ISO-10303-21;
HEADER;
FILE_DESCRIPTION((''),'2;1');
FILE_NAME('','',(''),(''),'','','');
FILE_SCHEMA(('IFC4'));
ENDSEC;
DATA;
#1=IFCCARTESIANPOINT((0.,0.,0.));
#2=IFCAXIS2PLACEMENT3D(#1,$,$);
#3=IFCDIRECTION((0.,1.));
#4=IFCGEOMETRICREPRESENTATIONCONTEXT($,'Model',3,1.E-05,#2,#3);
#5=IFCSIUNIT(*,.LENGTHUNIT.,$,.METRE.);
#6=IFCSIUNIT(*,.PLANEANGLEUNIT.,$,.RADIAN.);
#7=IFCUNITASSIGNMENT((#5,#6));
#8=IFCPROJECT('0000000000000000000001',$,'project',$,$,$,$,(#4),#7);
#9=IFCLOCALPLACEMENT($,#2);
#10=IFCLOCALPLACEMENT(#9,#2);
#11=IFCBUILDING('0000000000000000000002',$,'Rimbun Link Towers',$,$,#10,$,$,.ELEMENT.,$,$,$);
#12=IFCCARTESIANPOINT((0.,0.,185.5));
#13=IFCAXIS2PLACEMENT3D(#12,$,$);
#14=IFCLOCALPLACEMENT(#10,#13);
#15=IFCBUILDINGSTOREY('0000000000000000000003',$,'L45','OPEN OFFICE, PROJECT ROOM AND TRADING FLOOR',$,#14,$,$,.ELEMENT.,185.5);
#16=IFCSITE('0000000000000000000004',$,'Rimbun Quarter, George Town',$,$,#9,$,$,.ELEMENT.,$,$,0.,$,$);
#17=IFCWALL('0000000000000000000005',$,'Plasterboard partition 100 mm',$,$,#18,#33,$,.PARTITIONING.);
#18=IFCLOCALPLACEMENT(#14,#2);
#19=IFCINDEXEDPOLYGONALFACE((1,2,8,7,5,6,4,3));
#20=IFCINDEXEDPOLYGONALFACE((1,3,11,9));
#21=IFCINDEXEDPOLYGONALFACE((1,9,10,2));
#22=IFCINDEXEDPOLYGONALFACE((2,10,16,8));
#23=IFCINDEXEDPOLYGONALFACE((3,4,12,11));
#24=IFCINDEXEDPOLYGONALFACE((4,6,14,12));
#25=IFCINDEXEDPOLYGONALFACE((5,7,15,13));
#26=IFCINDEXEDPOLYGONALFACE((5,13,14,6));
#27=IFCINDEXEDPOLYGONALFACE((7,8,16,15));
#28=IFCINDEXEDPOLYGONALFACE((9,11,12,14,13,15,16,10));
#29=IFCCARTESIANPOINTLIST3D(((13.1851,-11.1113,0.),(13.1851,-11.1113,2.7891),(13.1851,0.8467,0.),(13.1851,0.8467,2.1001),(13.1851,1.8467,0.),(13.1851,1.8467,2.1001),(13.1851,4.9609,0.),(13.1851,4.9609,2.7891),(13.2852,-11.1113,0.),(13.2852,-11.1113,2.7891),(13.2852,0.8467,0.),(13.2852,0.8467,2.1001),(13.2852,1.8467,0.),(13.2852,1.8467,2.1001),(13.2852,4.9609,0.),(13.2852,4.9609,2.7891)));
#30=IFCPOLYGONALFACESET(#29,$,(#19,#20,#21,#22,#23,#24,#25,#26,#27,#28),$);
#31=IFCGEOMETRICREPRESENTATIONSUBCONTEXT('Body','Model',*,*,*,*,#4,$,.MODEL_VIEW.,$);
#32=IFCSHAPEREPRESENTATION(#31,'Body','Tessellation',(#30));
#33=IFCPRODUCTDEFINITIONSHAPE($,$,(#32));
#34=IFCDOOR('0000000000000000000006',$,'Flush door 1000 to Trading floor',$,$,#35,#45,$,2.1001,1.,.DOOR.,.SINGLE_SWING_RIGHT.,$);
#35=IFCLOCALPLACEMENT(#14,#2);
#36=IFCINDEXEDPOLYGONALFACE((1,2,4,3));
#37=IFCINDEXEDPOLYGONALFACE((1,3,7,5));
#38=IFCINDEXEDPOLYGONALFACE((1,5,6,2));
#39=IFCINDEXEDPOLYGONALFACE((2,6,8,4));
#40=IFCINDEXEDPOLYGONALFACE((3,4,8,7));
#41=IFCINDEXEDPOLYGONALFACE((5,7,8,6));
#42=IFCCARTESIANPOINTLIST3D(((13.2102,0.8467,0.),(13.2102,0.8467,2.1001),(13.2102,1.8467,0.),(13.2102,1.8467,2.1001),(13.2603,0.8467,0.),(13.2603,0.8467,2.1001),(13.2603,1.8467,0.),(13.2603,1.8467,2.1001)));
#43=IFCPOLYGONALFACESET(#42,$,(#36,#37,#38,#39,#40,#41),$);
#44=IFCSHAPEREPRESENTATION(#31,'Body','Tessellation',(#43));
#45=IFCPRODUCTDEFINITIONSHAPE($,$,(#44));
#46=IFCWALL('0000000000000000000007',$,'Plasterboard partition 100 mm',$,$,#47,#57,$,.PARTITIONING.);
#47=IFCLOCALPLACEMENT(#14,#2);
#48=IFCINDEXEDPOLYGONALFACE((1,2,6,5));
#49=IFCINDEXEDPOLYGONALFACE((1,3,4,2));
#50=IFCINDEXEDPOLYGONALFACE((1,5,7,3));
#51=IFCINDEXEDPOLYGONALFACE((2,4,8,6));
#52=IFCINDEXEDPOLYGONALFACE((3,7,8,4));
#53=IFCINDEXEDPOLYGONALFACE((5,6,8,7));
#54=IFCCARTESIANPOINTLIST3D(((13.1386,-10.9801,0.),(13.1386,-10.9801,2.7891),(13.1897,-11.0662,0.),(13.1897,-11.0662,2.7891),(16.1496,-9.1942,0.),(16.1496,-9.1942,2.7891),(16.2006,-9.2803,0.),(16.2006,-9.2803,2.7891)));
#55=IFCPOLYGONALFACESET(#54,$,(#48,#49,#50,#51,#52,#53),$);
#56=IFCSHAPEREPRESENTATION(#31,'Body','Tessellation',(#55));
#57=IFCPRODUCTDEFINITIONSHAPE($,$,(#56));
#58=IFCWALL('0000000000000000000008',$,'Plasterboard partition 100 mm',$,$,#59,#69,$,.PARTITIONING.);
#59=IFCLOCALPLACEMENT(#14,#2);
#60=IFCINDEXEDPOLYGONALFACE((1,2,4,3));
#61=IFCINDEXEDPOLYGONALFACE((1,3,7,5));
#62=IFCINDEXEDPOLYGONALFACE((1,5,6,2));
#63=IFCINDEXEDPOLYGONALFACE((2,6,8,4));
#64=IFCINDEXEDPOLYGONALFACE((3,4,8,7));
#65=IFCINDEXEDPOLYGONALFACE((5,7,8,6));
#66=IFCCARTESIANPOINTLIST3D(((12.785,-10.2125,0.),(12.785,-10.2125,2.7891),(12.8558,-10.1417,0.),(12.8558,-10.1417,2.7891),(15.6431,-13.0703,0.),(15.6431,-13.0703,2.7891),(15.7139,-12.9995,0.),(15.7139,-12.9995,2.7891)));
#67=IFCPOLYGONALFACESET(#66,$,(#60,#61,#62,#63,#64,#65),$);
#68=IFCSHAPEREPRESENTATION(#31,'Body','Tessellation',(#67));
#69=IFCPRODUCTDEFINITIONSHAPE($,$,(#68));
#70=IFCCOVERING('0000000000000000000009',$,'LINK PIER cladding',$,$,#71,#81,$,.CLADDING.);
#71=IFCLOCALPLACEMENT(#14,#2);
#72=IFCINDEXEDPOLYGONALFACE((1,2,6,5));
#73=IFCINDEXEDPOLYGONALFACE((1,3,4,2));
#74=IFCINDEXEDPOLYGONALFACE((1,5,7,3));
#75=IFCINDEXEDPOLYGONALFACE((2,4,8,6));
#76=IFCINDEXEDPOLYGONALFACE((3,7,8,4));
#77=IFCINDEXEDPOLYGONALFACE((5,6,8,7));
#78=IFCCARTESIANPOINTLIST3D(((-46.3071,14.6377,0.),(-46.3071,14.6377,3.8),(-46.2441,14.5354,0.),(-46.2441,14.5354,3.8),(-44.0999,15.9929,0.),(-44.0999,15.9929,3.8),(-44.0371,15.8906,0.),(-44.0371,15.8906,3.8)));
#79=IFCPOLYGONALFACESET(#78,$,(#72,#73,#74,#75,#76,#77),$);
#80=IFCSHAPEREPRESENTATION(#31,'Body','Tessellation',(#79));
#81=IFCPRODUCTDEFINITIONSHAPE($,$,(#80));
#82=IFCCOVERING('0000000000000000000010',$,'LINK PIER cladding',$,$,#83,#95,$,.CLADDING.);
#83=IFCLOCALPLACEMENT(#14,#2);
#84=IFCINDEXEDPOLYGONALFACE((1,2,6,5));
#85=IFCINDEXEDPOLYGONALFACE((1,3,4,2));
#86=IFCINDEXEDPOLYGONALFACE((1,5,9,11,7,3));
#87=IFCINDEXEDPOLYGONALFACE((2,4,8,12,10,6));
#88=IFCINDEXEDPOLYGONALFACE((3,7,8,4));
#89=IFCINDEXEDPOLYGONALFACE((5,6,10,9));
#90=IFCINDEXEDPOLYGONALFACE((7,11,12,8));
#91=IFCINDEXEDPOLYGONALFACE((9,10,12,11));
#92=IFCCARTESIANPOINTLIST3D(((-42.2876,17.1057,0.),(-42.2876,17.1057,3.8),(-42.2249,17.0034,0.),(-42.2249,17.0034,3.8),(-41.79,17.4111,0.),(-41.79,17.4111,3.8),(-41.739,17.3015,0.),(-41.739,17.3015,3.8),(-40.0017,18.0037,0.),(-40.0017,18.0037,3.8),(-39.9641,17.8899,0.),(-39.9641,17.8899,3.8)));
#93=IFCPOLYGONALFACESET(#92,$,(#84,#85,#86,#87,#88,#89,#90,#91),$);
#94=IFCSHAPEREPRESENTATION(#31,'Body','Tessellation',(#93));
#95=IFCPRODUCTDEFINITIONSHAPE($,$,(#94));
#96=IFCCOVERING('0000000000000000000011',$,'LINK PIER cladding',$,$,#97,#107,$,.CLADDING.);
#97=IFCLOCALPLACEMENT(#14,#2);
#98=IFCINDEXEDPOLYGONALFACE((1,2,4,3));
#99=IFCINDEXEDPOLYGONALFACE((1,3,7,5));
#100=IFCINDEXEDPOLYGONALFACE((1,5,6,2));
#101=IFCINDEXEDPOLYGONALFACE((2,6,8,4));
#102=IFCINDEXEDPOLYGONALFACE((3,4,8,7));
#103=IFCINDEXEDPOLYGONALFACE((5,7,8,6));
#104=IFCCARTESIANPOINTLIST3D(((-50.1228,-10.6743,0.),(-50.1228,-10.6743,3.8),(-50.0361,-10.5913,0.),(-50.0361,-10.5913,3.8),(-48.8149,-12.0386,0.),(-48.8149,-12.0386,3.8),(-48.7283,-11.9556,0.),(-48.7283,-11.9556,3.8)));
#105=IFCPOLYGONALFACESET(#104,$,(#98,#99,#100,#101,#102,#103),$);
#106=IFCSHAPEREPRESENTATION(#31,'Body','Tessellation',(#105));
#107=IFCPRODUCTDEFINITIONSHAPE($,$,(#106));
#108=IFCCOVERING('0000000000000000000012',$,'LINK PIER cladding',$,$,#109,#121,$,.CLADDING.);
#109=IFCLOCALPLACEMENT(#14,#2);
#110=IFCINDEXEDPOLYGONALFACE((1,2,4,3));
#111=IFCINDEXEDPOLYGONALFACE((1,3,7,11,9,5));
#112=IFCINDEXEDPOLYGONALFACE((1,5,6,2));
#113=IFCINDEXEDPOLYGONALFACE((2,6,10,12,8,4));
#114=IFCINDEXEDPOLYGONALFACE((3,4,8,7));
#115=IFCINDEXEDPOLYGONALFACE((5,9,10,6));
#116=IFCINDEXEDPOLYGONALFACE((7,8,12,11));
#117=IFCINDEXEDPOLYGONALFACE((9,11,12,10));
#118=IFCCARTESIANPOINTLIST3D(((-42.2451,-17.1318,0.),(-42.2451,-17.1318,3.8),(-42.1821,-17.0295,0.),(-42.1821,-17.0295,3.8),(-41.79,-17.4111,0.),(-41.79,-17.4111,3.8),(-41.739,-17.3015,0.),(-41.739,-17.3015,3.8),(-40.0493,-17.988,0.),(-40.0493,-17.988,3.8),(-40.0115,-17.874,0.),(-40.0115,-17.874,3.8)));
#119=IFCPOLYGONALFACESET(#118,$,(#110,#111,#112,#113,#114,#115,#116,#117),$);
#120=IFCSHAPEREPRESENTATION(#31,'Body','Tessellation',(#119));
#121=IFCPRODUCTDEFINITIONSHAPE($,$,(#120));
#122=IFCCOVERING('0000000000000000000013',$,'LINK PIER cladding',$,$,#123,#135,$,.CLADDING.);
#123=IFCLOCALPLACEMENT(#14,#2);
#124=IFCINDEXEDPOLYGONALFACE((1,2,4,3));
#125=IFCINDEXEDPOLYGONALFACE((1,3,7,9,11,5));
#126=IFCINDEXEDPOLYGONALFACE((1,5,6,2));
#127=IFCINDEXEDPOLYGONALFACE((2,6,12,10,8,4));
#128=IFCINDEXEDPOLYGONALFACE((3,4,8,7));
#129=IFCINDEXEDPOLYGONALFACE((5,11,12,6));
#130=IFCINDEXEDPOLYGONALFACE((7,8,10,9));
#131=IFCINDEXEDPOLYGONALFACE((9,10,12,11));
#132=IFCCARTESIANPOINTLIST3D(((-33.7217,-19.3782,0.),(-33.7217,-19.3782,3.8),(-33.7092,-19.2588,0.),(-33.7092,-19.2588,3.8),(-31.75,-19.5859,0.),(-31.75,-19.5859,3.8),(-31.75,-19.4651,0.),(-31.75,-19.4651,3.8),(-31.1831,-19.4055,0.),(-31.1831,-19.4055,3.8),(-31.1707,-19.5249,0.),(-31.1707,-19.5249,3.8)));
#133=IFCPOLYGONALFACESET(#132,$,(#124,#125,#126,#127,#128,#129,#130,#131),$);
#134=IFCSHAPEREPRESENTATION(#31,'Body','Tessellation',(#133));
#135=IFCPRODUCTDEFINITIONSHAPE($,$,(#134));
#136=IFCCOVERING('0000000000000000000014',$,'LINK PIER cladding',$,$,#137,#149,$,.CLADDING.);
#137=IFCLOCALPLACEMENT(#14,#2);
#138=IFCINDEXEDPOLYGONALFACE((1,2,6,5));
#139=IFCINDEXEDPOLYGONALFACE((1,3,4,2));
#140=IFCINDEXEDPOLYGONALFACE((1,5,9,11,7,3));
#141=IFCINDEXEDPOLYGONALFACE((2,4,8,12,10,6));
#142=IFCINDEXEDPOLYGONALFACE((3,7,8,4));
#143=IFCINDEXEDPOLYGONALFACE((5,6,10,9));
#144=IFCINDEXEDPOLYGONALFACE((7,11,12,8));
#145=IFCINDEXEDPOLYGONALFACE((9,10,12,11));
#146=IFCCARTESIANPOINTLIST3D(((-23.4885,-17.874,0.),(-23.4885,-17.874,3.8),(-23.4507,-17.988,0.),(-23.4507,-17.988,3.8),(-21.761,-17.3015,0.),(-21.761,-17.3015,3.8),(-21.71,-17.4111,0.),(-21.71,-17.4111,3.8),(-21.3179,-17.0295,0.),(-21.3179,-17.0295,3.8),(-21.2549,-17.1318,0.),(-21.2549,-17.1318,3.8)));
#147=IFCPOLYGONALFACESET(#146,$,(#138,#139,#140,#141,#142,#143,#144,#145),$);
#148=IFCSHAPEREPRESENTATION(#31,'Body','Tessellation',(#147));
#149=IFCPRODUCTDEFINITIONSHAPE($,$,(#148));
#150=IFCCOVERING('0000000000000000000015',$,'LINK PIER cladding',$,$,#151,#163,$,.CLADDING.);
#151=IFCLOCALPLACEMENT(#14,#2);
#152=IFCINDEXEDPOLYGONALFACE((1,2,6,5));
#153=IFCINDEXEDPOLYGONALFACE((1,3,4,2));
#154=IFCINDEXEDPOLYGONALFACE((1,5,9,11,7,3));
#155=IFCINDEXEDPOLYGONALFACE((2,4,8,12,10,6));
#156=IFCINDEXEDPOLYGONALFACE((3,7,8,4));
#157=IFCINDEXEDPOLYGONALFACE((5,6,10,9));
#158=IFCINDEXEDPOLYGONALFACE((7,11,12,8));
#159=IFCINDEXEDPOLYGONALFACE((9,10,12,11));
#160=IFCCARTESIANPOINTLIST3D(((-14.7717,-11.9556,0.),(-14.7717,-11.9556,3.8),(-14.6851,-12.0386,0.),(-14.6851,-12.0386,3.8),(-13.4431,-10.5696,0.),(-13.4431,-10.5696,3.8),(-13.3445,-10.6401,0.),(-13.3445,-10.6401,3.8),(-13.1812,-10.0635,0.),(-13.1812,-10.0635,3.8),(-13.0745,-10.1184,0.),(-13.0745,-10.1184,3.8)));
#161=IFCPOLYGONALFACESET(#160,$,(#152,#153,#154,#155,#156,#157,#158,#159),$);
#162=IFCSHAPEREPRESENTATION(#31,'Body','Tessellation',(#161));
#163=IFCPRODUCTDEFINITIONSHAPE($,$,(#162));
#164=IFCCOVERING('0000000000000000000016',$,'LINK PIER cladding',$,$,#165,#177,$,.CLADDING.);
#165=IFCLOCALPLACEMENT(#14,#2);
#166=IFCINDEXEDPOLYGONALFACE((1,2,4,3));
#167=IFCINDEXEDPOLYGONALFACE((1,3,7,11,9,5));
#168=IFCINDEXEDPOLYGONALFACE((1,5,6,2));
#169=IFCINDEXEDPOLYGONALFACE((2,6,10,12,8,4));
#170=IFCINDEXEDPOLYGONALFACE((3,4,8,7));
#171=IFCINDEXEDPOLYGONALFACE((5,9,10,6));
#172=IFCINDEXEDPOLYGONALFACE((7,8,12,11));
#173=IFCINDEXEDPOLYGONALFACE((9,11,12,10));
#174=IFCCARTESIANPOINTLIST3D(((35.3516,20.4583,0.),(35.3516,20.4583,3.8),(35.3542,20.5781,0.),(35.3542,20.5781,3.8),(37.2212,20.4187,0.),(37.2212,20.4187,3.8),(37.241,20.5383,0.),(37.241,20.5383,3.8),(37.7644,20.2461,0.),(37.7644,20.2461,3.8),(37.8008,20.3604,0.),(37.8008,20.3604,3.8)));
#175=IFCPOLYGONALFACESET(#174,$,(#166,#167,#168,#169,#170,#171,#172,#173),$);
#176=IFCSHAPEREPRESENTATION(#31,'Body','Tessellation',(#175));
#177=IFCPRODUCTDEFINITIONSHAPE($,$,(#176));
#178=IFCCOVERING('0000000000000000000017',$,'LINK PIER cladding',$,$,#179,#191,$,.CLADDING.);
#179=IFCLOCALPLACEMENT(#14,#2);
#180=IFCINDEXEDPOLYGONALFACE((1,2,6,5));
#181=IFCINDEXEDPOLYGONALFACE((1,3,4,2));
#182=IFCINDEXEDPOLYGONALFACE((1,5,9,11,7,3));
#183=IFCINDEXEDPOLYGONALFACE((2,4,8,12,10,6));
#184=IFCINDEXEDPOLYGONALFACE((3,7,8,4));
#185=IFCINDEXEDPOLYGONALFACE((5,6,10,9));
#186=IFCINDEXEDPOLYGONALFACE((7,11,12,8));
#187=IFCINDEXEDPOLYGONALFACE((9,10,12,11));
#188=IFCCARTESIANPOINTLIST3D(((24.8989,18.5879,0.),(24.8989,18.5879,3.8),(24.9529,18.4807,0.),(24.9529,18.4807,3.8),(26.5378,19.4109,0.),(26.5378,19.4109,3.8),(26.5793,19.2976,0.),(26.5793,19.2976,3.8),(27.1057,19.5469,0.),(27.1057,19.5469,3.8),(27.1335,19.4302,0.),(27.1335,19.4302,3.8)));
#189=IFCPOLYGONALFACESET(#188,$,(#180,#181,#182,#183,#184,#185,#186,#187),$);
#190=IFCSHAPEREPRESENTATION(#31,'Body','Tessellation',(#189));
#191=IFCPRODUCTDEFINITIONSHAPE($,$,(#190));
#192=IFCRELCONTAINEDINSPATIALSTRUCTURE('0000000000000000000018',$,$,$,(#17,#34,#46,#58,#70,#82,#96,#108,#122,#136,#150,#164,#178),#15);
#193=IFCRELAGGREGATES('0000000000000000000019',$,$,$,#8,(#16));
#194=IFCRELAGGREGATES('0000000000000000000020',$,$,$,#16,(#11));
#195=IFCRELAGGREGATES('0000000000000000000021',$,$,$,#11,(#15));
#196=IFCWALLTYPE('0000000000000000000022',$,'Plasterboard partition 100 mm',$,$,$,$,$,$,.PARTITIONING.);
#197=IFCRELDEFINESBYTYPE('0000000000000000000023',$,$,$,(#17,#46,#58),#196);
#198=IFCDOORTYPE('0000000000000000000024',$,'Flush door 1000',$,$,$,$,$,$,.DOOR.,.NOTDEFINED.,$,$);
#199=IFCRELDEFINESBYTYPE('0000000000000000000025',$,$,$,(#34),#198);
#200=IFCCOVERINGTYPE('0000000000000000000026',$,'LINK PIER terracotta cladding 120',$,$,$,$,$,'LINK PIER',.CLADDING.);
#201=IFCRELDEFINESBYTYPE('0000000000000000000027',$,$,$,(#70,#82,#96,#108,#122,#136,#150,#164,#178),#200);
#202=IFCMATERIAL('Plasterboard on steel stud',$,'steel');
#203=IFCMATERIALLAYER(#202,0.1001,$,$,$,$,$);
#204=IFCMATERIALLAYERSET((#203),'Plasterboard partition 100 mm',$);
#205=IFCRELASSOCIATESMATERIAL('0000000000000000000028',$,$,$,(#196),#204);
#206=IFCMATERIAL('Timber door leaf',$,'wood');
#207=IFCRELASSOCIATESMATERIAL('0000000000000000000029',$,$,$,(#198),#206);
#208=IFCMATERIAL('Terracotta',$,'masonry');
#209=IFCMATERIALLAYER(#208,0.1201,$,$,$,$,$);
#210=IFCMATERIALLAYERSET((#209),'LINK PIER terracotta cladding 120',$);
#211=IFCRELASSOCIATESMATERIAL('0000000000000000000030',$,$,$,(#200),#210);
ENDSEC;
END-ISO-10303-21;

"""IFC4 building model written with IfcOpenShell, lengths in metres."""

from ifc_helpers import new_model, si_unit, direction, frame, frame_2d, origin, place, context, subcontext, project, spatial, polyline, rectangle, outline, extrude, material, layer, layer_set, type_object, element, fill, save


model = new_model("IFC4")

# Units and contexts
model_context = context("Model", 3, precision=1e-05, world=origin(), true_north=direction((0.0, 1.0)))
body_context = subcontext(model_context, "Body", "Model", "MODEL_VIEW")
ifc_project = project(units=[si_unit("LENGTHUNIT", "METRE"), si_unit("PLANEANGLEUNIT", "RADIAN")], contexts=[model_context])

# Site, building, storey
site_placement = place(None, origin())
site = spatial("IfcSite", under=ifc_project, at=site_placement, Name="Rimbun Quarter, George Town", CompositionType="ELEMENT", RefElevation=0.0)
building_placement = place(site_placement, origin())
building = spatial("IfcBuilding", under=site, at=building_placement, Name="Rimbun Link Towers", CompositionType="ELEMENT")
storey_placement = place(building_placement, frame((0.0, 0.0, 185.5)))
storey = spatial("IfcBuildingStorey", under=building, at=storey_placement, Name="L45", Description="OPEN OFFICE, PROJECT ROOM AND TRADING FLOOR", CompositionType="ELEMENT", Elevation=185.5)

# Wall, opening, door
ifc_material_1 = material(Name="Plasterboard on steel stud", Category="steel")
ifc_layer_1 = layer(ifc_material_1, 0.1001)
ifc_layer_set_1 = layer_set([ifc_layer_1], Name="Plasterboard partition 100 mm")
wall_type = type_object("IfcWallType", Name="Plasterboard partition 100 mm", PredefinedType="PARTITIONING", material=ifc_layer_set_1)
wall_1_placement = place(storey_placement, frame((13.2351, -11.1113, 0.0), z_axis=(0.0, 0.0, 1.0), x_axis=(0.0, 1.0, 0.0)))
wall_1 = element("IfcWall", 1, at=wall_1_placement, inside=storey, type_object=wall_type, Name="Plasterboard partition 100 mm", PredefinedType="PARTITIONING", context=body_context, shape_type="SweptSolid", body=[
    extrude(rectangle(XDim=16.0723, YDim=0.1001, at=frame_2d((8.0361, 0.0))), origin(), (0.0, 0.0, 1.0), 2.7891),
])
opening_placement = place(wall_1_placement, frame((11.958, 0.0, 0.0)))
opening = element("IfcOpeningElement", 2, at=opening_placement, cuts=wall_1, PredefinedType="OPENING", context=body_context, shape_type="SweptSolid", body=[
    extrude(rectangle(XDim=1.0, YDim=2.1001, at=frame_2d((0.5, 1.05))), frame((0.0, 0.0601, 0.0), z_axis=(0.0, -1.0, 0.0), x_axis=(1.0, 0.0, 0.0)), (0.0, 0.0, 1.0), 0.1201),
])
ifc_material_2 = material(Name="Timber door leaf", Category="wood")
door_type = type_object("IfcDoorType", Name="Flush door 1000", OperationType="NOTDEFINED", PredefinedType="DOOR", material=ifc_material_2)
door_placement = place(opening_placement, origin())
door = element("IfcDoor", 3, at=door_placement, inside=storey, type_object=door_type, Name="Flush door 1000 to Trading floor", OperationType="SINGLE_SWING_RIGHT", OverallHeight=2.1001, OverallWidth=1.0, PredefinedType="DOOR", context=body_context, shape_type="SweptSolid", body=[
    extrude(rectangle(XDim=1.0, YDim=2.1001, at=frame_2d((0.5, 1.05))), frame((0.0, 0.0249, 0.0), z_axis=(0.0, -1.0, 0.0), x_axis=(1.0, 0.0, 0.0)), (0.0, 0.0, 1.0), 0.05),
])
fill(opening, door)

# Walls
wall_2_placement = place(storey_placement, frame((13.1641, -11.0232, 0.0), z_axis=(0.0, 0.0, 1.0), x_axis=(0.860091, 0.510141, 0.0)))
element("IfcWall", 4, at=wall_2_placement, inside=storey, type_object=wall_type, Name="Plasterboard partition 100 mm", PredefinedType="PARTITIONING", context=body_context, shape_type="SweptSolid", body=[
    extrude(rectangle(XDim=3.5007, YDim=0.1001, at=frame_2d((1.7505, 0.0))), origin(), (0.0, 0.0, 1.0), 2.7891),
])
wall_3_placement = place(storey_placement, frame((12.8203, -10.177, 0.0), z_axis=(0.0, 0.0, 1.0), x_axis=(0.707137, -0.707077, 0.0)))
element("IfcWall", 5, at=wall_3_placement, inside=storey, type_object=wall_type, Name="Plasterboard partition 100 mm", PredefinedType="PARTITIONING", context=body_context, shape_type="SweptSolid", body=[
    extrude(rectangle(XDim=4.0417, YDim=0.1001, at=frame_2d((2.021, 0.0))), origin(), (0.0, 0.0, 1.0), 2.7891),
])

# Coverings
ifc_material_3 = material(Name="Terracotta", Category="masonry")
ifc_layer_2 = layer(ifc_material_3, 0.1201)
ifc_layer_set_2 = layer_set([ifc_layer_2], Name="LINK PIER terracotta cladding 120")
covering_type_1 = type_object("IfcCoveringType", Name="LINK PIER terracotta cladding 120", ElementType="LINK PIER", PredefinedType="CLADDING", material=ifc_layer_set_2)
covering_1_placement = place(storey_placement, origin())
element("IfcCovering", 6, at=covering_1_placement, inside=storey, type_object=covering_type_1, Name="LINK PIER cladding", PredefinedType="CLADDING", context=body_context, shape_type="SweptSolid", body=[
    extrude(outline(polyline([(-46.2441, 14.5354), (-44.0371, 15.8906), (-44.0999, 15.9929), (-46.3071, 14.6377), (-46.2441, 14.5354)])), origin(), (0.0, 0.0, 1.0), 3.8),
])
covering_2_placement = place(storey_placement, origin())
element("IfcCovering", 7, at=covering_2_placement, inside=storey, type_object=covering_type_1, Name="LINK PIER cladding", PredefinedType="CLADDING", context=body_context, shape_type="SweptSolid", body=[
    extrude(outline(polyline([(-42.2249, 17.0034), (-41.739, 17.3015), (-39.9641, 17.8899), (-40.0017, 18.0037), (-41.79, 17.4111), (-42.2876, 17.1057), (-42.2249, 17.0034)])), origin(), (0.0, 0.0, 1.0), 3.8),
])
covering_3_placement = place(storey_placement, origin())
element("IfcCovering", 8, at=covering_3_placement, inside=storey, type_object=covering_type_1, Name="LINK PIER cladding", PredefinedType="CLADDING", context=body_context, shape_type="SweptSolid", body=[
    extrude(outline(polyline([(-48.7283, -11.9556), (-50.0361, -10.5913), (-50.1228, -10.6743), (-48.8149, -12.0386), (-48.7283, -11.9556)])), origin(), (0.0, 0.0, 1.0), 3.8),
])
covering_4_placement = place(storey_placement, origin())
element("IfcCovering", 9, at=covering_4_placement, inside=storey, type_object=covering_type_1, Name="LINK PIER cladding", PredefinedType="CLADDING", context=body_context, shape_type="SweptSolid", body=[
    extrude(outline(polyline([(-40.0115, -17.874), (-41.739, -17.3015), (-42.1821, -17.0295), (-42.2451, -17.1318), (-41.79, -17.4111), (-40.0493, -17.988), (-40.0115, -17.874)])), origin(), (0.0, 0.0, 1.0), 3.8),
])
covering_5_placement = place(storey_placement, origin())
element("IfcCovering", 10, at=covering_5_placement, inside=storey, type_object=covering_type_1, Name="LINK PIER cladding", PredefinedType="CLADDING", context=body_context, shape_type="SweptSolid", body=[
    extrude(outline(polyline([(-31.1831, -19.4055), (-31.75, -19.4651), (-33.7092, -19.2588), (-33.7217, -19.3782), (-31.75, -19.5859), (-31.1707, -19.5249), (-31.1831, -19.4055)])), origin(), (0.0, 0.0, 1.0), 3.8),
])
covering_6_placement = place(storey_placement, origin())
element("IfcCovering", 11, at=covering_6_placement, inside=storey, type_object=covering_type_1, Name="LINK PIER cladding", PredefinedType="CLADDING", context=body_context, shape_type="SweptSolid", body=[
    extrude(outline(polyline([(-21.3179, -17.0295), (-21.761, -17.3015), (-23.4885, -17.874), (-23.4507, -17.988), (-21.71, -17.4111), (-21.2549, -17.1318), (-21.3179, -17.0295)])), origin(), (0.0, 0.0, 1.0), 3.8),
])
covering_7_placement = place(storey_placement, origin())
element("IfcCovering", 12, at=covering_7_placement, inside=storey, type_object=covering_type_1, Name="LINK PIER cladding", PredefinedType="CLADDING", context=body_context, shape_type="SweptSolid", body=[
    extrude(outline(polyline([(-13.1812, -10.0635), (-13.4431, -10.5696), (-14.7717, -11.9556), (-14.6851, -12.0386), (-13.3445, -10.6401), (-13.0745, -10.1184), (-13.1812, -10.0635)])), origin(), (0.0, 0.0, 1.0), 3.8),
])
covering_8_placement = place(storey_placement, origin())
element("IfcCovering", 13, at=covering_8_placement, inside=storey, type_object=covering_type_1, Name="LINK PIER cladding", PredefinedType="CLADDING", context=body_context, shape_type="SweptSolid", body=[
    extrude(outline(polyline([(35.3516, 20.4583), (37.2212, 20.4187), (37.7644, 20.2461), (37.8008, 20.3604), (37.241, 20.5383), (35.3542, 20.5781), (35.3516, 20.4583)])), origin(), (0.0, 0.0, 1.0), 3.8),
])
covering_9_placement = place(storey_placement, origin())
element("IfcCovering", 14, at=covering_9_placement, inside=storey, type_object=covering_type_1, Name="LINK PIER cladding", PredefinedType="CLADDING", context=body_context, shape_type="SweptSolid", body=[
    extrude(outline(polyline([(24.9529, 18.4807), (26.5793, 19.2976), (27.1335, 19.4302), (27.1057, 19.5469), (26.5378, 19.4109), (24.8989, 18.5879), (24.9529, 18.4807)])), origin(), (0.0, 0.0, 1.0), 3.8),
])

save(model, "model.ifc")
